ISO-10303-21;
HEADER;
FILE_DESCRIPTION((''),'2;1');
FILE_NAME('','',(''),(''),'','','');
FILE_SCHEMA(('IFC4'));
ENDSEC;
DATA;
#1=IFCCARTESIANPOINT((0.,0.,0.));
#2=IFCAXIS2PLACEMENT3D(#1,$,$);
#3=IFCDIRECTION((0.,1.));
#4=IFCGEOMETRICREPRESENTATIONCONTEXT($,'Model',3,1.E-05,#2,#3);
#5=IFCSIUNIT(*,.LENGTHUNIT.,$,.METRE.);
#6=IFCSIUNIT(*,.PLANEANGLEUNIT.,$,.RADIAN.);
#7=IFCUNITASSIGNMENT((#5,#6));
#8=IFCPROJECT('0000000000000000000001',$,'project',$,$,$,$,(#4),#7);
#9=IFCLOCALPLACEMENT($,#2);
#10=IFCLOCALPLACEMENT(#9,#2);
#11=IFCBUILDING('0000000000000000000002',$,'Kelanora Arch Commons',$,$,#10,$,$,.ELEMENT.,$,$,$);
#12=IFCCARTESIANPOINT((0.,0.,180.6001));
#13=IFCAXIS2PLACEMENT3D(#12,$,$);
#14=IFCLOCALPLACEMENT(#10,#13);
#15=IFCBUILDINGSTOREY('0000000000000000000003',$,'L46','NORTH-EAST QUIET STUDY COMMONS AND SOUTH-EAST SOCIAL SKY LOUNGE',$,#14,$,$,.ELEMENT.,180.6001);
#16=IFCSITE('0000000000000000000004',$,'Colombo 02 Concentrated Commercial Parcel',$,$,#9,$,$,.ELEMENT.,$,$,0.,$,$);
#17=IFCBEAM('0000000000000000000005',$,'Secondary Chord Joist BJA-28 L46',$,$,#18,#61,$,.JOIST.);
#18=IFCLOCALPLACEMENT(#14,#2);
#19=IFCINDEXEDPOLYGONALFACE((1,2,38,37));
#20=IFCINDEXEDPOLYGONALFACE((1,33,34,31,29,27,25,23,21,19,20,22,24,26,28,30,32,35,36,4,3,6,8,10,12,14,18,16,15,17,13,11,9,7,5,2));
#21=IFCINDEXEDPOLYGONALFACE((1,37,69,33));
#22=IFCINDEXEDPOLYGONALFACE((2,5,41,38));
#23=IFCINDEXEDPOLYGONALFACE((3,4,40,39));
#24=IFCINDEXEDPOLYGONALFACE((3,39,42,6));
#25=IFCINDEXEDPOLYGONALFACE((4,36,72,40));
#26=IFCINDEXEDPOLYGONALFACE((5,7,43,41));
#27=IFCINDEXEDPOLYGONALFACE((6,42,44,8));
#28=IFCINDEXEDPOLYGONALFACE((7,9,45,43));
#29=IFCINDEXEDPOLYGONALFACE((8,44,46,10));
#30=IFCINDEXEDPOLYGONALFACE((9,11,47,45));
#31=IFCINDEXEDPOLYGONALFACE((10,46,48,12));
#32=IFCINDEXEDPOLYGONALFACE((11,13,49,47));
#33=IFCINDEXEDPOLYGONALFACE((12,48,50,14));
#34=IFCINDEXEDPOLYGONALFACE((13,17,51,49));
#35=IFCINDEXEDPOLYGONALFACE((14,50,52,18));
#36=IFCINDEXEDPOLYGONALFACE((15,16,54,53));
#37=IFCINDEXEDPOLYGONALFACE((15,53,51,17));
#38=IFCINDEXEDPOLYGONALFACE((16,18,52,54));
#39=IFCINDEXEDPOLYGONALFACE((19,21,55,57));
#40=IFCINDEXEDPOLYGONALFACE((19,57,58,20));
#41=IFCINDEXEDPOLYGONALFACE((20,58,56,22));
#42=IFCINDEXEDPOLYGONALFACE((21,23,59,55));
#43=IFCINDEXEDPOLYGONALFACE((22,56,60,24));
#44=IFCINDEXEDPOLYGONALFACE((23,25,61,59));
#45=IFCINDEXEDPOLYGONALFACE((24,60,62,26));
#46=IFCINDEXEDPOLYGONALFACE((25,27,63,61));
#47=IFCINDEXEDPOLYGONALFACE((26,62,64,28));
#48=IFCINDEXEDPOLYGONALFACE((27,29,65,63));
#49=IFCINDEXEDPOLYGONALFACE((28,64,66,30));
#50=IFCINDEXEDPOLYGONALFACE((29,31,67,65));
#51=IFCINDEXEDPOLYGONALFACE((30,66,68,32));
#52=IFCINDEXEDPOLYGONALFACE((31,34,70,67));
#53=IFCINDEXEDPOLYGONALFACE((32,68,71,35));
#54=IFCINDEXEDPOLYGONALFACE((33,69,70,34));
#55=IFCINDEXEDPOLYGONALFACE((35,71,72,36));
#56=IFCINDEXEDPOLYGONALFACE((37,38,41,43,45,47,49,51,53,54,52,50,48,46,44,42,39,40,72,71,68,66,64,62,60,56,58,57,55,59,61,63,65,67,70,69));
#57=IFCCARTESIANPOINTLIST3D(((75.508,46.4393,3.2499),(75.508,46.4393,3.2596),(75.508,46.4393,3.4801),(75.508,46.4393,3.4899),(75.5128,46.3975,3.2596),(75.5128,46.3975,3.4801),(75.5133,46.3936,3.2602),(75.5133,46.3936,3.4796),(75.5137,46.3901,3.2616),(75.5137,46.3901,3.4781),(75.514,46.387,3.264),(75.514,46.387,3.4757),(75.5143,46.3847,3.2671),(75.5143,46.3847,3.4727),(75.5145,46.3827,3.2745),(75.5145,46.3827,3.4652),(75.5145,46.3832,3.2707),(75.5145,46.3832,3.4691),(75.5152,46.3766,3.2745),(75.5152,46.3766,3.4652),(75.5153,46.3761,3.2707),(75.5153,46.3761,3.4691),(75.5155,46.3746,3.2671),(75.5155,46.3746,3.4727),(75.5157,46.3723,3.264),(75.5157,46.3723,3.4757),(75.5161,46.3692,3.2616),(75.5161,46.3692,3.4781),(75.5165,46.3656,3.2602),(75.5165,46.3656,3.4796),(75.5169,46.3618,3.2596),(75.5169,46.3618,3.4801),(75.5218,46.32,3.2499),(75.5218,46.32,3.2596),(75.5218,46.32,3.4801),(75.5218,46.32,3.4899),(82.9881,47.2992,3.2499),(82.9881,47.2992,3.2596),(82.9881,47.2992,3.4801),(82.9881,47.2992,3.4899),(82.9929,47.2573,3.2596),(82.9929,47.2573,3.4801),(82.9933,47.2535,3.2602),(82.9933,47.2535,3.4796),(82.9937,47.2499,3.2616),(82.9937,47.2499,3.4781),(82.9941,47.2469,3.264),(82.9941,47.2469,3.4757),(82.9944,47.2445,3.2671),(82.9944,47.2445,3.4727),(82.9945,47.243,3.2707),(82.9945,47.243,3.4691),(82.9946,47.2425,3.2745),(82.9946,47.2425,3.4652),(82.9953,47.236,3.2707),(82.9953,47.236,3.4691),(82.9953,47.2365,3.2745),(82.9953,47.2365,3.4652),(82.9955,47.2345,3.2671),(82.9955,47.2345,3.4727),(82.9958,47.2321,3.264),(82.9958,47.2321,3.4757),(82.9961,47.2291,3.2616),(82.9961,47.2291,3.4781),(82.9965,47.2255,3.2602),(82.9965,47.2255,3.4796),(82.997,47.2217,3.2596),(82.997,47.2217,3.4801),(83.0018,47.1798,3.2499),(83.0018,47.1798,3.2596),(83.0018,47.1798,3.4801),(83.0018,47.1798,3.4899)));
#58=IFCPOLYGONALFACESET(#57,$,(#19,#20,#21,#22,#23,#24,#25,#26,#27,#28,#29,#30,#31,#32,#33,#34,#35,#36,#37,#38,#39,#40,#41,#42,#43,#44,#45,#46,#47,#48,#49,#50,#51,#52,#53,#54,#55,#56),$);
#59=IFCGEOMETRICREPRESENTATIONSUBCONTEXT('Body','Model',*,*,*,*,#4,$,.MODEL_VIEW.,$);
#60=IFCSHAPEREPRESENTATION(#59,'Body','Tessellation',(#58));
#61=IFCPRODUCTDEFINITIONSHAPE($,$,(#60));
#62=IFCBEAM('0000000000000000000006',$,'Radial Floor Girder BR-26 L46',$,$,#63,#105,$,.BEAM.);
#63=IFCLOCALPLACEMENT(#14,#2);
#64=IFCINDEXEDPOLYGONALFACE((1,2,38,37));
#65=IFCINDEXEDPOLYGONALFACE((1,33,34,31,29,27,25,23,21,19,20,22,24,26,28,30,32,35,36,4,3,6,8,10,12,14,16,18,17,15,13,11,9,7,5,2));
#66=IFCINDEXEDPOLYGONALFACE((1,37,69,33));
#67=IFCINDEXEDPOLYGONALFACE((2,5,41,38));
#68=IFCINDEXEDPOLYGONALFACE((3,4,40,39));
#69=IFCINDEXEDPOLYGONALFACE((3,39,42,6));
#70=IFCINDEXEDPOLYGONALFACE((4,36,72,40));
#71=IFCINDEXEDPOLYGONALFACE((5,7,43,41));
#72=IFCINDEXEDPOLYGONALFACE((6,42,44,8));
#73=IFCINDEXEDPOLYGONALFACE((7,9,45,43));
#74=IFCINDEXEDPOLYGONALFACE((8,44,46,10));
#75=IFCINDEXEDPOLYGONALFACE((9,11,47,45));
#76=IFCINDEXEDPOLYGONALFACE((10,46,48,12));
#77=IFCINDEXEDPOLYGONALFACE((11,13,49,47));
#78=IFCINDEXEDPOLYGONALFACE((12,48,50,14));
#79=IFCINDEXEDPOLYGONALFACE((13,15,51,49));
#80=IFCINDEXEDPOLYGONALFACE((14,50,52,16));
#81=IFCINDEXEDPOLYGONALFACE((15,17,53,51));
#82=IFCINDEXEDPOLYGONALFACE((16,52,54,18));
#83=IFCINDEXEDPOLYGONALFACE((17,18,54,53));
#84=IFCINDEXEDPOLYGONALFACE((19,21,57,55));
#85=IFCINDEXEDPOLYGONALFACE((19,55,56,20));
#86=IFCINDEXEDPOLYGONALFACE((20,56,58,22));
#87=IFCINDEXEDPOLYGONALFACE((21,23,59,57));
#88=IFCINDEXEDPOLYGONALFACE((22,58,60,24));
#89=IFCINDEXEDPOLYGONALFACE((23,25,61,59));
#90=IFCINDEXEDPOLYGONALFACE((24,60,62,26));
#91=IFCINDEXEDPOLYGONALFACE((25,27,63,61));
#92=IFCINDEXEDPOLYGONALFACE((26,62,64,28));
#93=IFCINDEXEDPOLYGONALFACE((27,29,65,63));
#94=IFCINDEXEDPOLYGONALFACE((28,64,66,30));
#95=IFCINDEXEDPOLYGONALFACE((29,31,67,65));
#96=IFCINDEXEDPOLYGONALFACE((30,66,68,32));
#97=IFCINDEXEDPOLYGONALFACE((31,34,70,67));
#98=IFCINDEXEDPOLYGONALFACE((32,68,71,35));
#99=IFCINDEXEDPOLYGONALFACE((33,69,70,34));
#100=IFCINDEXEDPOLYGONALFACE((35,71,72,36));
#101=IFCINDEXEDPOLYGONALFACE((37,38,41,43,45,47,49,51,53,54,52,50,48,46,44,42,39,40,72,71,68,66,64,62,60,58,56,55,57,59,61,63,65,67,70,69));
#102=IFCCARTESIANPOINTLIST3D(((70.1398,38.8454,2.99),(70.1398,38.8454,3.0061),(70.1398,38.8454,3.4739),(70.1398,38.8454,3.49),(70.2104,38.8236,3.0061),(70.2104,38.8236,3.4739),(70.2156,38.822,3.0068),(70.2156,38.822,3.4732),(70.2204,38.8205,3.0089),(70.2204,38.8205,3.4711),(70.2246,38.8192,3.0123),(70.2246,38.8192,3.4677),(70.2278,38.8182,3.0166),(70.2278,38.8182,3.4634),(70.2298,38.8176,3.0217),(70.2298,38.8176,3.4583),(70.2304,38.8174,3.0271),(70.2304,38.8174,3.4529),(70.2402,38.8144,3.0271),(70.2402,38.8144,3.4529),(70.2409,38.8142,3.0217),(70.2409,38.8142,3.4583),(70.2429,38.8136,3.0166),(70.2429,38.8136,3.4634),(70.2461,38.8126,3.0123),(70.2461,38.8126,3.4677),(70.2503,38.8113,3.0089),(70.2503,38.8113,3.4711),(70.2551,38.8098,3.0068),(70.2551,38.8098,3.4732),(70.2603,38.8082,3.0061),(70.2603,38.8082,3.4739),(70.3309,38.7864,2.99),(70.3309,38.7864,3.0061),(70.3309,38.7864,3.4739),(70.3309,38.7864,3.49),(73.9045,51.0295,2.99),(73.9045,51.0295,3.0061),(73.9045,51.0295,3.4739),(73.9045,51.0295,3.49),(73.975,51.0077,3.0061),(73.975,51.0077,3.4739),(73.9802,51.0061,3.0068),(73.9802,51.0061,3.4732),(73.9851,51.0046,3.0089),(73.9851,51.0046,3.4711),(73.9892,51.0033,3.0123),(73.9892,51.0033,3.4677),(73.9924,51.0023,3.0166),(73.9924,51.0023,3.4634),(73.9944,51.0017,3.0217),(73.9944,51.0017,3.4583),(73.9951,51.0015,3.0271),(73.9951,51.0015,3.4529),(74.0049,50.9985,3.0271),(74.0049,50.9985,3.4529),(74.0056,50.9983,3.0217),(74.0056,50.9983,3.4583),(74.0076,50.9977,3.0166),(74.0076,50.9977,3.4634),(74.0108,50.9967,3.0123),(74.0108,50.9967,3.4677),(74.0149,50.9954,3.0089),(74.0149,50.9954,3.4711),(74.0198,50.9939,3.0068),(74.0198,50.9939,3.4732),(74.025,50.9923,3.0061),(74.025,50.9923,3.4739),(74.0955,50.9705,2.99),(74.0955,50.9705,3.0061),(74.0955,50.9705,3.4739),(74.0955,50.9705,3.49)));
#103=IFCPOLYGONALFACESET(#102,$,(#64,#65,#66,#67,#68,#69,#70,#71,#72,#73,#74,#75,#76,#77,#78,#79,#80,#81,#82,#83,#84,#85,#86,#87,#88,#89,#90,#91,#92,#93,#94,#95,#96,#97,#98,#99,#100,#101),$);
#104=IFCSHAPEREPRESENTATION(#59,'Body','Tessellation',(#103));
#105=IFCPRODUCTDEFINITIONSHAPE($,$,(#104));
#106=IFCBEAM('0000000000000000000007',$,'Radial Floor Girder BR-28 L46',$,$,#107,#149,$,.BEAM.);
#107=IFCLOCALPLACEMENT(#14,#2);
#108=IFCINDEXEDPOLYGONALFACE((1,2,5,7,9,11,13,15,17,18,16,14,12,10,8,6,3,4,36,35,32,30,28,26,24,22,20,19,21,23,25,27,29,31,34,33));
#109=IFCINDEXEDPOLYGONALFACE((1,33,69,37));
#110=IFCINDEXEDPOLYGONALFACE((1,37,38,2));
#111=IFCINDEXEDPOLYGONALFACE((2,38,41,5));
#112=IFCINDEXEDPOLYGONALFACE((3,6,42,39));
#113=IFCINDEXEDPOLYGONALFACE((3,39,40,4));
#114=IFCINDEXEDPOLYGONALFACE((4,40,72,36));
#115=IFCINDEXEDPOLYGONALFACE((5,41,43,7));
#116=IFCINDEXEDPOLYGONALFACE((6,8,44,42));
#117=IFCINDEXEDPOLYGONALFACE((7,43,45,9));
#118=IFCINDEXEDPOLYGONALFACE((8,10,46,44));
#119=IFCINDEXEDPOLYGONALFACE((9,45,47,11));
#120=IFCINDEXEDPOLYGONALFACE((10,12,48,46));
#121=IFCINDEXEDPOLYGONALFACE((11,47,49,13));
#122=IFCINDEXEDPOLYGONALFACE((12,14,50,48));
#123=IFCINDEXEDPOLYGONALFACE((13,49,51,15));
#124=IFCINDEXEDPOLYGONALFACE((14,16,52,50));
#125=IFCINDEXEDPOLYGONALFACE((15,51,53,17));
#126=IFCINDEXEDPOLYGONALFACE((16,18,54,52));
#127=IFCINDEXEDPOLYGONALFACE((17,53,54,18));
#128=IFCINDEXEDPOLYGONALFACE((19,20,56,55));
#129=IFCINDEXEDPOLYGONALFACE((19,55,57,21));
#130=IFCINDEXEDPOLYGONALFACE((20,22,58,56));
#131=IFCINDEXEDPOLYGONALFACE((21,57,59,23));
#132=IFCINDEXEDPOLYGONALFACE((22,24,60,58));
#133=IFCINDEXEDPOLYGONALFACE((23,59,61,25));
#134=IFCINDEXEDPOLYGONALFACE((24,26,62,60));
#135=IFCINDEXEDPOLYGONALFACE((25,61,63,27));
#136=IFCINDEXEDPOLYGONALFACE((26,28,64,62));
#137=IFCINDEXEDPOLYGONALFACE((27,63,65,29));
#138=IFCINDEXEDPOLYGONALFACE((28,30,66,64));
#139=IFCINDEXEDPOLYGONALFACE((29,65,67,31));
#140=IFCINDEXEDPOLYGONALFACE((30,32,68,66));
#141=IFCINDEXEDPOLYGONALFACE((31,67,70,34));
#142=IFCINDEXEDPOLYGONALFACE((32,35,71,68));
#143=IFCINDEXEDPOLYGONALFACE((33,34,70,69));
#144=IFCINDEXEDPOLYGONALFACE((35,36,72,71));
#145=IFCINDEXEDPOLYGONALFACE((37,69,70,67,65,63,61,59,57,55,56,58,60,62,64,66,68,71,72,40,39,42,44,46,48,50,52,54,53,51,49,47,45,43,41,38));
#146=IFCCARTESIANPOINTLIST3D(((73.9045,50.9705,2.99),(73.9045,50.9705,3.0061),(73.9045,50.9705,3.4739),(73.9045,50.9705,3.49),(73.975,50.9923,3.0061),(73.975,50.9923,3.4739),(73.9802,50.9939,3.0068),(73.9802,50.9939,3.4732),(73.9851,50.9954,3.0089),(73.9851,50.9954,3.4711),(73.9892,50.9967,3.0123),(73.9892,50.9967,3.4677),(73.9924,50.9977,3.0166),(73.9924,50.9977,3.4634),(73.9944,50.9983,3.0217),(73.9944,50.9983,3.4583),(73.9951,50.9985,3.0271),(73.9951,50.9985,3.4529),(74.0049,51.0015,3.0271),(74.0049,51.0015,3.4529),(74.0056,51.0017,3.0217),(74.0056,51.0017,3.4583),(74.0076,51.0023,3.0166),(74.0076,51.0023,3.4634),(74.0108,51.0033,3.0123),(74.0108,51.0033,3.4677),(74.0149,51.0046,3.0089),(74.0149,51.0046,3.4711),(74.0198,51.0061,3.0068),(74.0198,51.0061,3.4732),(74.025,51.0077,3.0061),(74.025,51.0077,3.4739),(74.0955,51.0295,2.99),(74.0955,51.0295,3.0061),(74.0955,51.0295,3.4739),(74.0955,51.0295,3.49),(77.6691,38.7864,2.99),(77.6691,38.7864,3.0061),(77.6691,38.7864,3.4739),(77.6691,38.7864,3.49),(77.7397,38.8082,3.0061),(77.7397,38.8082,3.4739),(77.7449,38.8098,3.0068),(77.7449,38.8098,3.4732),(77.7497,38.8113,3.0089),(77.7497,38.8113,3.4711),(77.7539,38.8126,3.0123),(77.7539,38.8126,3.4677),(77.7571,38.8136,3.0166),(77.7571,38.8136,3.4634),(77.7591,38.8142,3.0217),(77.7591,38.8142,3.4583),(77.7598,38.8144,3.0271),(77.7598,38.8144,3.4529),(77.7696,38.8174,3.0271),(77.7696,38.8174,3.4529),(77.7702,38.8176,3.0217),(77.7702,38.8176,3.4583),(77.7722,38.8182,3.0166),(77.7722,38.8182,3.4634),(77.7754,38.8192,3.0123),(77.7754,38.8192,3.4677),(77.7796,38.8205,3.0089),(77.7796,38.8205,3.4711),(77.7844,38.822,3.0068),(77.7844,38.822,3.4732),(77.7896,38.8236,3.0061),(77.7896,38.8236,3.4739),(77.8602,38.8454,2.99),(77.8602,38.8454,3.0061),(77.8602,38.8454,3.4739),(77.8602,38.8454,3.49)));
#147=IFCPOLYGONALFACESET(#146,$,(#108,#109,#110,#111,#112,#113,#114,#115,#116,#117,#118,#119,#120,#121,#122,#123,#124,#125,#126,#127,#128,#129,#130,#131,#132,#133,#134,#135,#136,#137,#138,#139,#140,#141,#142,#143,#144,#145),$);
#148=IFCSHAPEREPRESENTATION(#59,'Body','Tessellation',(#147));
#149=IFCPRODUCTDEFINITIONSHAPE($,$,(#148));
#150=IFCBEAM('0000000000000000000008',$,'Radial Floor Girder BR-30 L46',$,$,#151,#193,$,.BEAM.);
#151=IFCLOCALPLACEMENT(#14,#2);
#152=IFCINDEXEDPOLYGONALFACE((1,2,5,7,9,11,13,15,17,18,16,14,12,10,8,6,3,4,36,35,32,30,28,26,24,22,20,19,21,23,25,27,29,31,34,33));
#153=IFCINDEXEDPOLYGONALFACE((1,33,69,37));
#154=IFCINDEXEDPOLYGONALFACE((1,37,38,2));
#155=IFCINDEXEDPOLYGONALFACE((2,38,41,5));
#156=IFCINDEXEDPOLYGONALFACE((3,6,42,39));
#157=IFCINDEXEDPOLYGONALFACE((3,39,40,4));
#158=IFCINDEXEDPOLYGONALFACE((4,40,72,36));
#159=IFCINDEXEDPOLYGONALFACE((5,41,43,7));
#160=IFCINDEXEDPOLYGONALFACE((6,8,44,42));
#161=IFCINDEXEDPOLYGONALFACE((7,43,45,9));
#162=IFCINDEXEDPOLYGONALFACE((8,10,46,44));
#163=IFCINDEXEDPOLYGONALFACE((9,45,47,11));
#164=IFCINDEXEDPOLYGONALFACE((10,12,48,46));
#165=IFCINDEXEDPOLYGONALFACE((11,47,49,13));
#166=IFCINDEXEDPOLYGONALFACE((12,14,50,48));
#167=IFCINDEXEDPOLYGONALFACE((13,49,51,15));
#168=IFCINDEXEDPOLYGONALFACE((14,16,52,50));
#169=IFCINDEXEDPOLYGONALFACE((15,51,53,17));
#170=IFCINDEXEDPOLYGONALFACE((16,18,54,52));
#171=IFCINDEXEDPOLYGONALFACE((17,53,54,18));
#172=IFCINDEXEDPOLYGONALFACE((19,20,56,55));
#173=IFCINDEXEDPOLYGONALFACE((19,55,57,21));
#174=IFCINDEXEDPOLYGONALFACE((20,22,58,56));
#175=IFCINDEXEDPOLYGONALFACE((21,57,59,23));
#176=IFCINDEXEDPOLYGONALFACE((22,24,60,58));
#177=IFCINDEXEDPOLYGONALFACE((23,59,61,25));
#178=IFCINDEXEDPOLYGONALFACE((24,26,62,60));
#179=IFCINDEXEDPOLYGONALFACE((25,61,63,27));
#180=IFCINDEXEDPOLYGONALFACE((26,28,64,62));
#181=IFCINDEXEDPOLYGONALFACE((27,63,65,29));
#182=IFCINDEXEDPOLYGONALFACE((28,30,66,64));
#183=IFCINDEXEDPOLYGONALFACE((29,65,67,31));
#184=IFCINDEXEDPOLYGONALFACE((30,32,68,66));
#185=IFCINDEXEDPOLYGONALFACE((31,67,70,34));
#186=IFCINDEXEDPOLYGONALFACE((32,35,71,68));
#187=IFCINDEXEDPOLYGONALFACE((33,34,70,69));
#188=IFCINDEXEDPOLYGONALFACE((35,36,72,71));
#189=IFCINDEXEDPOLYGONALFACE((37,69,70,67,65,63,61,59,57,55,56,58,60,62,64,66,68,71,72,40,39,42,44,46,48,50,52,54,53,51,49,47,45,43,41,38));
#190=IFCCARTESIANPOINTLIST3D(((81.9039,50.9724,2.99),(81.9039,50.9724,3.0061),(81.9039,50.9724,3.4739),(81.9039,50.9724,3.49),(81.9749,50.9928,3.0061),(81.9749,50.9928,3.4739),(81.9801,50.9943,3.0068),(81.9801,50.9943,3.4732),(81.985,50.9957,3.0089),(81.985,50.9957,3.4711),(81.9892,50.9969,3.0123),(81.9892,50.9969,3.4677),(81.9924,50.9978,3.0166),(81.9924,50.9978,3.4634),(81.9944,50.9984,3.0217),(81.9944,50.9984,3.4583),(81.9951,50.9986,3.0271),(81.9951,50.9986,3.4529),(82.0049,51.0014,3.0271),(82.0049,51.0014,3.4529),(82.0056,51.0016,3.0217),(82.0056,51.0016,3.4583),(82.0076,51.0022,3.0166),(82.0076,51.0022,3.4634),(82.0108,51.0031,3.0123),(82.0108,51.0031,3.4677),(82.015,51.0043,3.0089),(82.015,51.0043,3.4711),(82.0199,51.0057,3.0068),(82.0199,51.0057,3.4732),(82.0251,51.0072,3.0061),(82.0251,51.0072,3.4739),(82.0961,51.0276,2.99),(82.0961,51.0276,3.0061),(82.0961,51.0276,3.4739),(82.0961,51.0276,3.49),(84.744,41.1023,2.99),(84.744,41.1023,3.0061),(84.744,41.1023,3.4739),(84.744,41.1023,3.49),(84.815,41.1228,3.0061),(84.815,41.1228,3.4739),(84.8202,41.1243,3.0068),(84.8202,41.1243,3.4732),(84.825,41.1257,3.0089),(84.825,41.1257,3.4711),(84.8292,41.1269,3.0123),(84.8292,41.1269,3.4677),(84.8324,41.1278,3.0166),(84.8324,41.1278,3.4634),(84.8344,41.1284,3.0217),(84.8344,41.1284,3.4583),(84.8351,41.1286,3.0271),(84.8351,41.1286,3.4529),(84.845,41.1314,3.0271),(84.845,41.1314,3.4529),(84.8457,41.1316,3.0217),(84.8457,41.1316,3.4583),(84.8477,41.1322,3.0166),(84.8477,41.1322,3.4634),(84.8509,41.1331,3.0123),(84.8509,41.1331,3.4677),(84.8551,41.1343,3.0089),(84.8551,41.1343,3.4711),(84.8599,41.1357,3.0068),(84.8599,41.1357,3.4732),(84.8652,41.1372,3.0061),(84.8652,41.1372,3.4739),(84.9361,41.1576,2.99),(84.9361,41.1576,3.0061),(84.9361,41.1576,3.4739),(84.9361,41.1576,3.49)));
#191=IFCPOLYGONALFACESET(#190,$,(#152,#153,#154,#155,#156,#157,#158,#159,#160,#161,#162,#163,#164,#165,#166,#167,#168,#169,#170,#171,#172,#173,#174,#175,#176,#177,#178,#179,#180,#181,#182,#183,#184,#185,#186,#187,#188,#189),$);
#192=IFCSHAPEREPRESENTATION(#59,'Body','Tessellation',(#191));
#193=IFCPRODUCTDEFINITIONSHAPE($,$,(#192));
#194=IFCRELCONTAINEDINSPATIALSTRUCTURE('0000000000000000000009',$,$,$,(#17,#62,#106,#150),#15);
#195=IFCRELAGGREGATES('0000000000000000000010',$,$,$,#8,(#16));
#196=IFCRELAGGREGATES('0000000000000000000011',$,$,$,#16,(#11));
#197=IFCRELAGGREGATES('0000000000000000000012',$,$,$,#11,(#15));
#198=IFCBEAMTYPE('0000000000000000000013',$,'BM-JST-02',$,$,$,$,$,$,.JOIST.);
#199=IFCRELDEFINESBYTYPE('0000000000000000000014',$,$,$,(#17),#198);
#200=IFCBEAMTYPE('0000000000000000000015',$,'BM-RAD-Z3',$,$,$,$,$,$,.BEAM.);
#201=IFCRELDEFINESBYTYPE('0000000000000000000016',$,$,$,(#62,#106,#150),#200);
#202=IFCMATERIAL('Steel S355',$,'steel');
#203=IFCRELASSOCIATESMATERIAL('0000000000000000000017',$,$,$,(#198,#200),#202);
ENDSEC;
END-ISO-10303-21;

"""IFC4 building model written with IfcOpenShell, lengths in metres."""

from ifc_helpers import new_model, si_unit, direction, frame, origin, origin_2d, place, context, subcontext, project, spatial, i_section, extrude, material, material_profile, profile_set, type_object, element, save


model = new_model("IFC4")

# Units and contexts
model_context = context("Model", 3, precision=1e-05, world=origin(), true_north=direction((0.0, 1.0)))
body_context = subcontext(model_context, "Body", "Model", "MODEL_VIEW")
ifc_project = project(units=[si_unit("LENGTHUNIT", "METRE"), si_unit("PLANEANGLEUNIT", "RADIAN")], contexts=[model_context])

# Site, building, storey
site_placement = place(None, origin())
site = spatial("IfcSite", under=ifc_project, at=site_placement, Name="Colombo 02 Concentrated Commercial Parcel", CompositionType="ELEMENT", RefElevation=0.0)
building_placement = place(site_placement, origin())
building = spatial("IfcBuilding", under=site, at=building_placement, Name="Kelanora Arch Commons", CompositionType="ELEMENT")
storey_placement = place(building_placement, frame((0.0, 0.0, 180.6001)))
storey = spatial("IfcBuildingStorey", under=building, at=storey_placement, Name="L46", Description="NORTH-EAST QUIET STUDY COMMONS AND SOUTH-EAST SOCIAL SKY LOUNGE", CompositionType="ELEMENT", Elevation=180.6001)

# Beams
ifc_material_1 = material(Name="Steel S355", Category="steel")
ifc_material_profile_1 = material_profile(ifc_material_1, i_section(OverallWidth=0.1201, OverallDepth=0.24, WebThickness=0.0061, FlangeThickness=0.0098, FilletRadius=0.0149, at=origin_2d()), Name="IPE240")
ifc_profile_set_1 = profile_set([ifc_material_profile_1], Name="Steel S355")
beam_type_1 = type_object("IfcBeamType", Name="BM-JST-02", PredefinedType="JOIST", material=ifc_profile_set_1)
beam_1_placement = place(storey_placement, frame((75.5149, 46.3796, 3.3699), z_axis=(0.993457, 0.114203, 0.0), x_axis=(-0.114203, 0.993457, 0.0)))
element("IfcBeam", 1, at=beam_1_placement, inside=storey, type_object=beam_type_1, Name="Secondary Chord Joist BJA-28 L46", PredefinedType="JOIST", context=body_context, shape_type="SweptSolid", body=[
    extrude(i_section(OverallWidth=0.1201, OverallDepth=0.24, WebThickness=0.0061, FlangeThickness=0.0098, FilletRadius=0.0149, at=origin_2d()), origin(), (0.0, 0.0, 1.0), 7.5293),
])
ifc_material_profile_2 = material_profile(ifc_material_1, i_section(OverallWidth=0.2, OverallDepth=0.5, WebThickness=0.0103, FlangeThickness=0.0161, FilletRadius=0.021, at=origin_2d()), Name="IPE500")
ifc_profile_set_2 = profile_set([ifc_material_profile_2], Name="Steel S355")
beam_type_2 = type_object("IfcBeamType", Name="BM-RAD-Z3", PredefinedType="BEAM", material=ifc_profile_set_2)
for number, where, z_axis, x_axis, name in (
    (2, (74.0, 51.0, 3.24), (-0.29521, -0.955432, 0.0), (0.955432, -0.29521, 0.0), "Radial Floor Girder BR-26 L46"),
    (3, (74.0, 51.0, 3.24), (0.29521, -0.955432, 0.0), (0.955432, 0.29521, 0.0), "Radial Floor Girder BR-28 L46"),
):
    element("IfcBeam", number, at=place(storey_placement, frame(where, z_axis=z_axis, x_axis=x_axis)), inside=storey, type_object=beam_type_2, Name=name, PredefinedType="BEAM", context=body_context, shape_type="SweptSolid", body=[
        extrude(i_section(OverallWidth=0.2, OverallDepth=0.5, WebThickness=0.0103, FlangeThickness=0.0161, FilletRadius=0.021, at=origin_2d()), origin(), (0.0, 0.0, 1.0), 12.7524),
    ])
beam_2_placement = place(storey_placement, frame((82.0, 51.0, 3.24), z_axis=(0.276526, -0.961006, 0.0), x_axis=(0.961006, 0.276526, 0.0)))
element("IfcBeam", 4, at=beam_2_placement, inside=storey, type_object=beam_type_2, Name="Radial Floor Girder BR-30 L46", PredefinedType="BEAM", context=body_context, shape_type="SweptSolid", body=[
    extrude(i_section(OverallWidth=0.2, OverallDepth=0.5, WebThickness=0.0103, FlangeThickness=0.0161, FilletRadius=0.021, at=origin_2d()), origin(), (0.0, 0.0, 1.0), 10.2705),
])

save(model, "model.ifc")
